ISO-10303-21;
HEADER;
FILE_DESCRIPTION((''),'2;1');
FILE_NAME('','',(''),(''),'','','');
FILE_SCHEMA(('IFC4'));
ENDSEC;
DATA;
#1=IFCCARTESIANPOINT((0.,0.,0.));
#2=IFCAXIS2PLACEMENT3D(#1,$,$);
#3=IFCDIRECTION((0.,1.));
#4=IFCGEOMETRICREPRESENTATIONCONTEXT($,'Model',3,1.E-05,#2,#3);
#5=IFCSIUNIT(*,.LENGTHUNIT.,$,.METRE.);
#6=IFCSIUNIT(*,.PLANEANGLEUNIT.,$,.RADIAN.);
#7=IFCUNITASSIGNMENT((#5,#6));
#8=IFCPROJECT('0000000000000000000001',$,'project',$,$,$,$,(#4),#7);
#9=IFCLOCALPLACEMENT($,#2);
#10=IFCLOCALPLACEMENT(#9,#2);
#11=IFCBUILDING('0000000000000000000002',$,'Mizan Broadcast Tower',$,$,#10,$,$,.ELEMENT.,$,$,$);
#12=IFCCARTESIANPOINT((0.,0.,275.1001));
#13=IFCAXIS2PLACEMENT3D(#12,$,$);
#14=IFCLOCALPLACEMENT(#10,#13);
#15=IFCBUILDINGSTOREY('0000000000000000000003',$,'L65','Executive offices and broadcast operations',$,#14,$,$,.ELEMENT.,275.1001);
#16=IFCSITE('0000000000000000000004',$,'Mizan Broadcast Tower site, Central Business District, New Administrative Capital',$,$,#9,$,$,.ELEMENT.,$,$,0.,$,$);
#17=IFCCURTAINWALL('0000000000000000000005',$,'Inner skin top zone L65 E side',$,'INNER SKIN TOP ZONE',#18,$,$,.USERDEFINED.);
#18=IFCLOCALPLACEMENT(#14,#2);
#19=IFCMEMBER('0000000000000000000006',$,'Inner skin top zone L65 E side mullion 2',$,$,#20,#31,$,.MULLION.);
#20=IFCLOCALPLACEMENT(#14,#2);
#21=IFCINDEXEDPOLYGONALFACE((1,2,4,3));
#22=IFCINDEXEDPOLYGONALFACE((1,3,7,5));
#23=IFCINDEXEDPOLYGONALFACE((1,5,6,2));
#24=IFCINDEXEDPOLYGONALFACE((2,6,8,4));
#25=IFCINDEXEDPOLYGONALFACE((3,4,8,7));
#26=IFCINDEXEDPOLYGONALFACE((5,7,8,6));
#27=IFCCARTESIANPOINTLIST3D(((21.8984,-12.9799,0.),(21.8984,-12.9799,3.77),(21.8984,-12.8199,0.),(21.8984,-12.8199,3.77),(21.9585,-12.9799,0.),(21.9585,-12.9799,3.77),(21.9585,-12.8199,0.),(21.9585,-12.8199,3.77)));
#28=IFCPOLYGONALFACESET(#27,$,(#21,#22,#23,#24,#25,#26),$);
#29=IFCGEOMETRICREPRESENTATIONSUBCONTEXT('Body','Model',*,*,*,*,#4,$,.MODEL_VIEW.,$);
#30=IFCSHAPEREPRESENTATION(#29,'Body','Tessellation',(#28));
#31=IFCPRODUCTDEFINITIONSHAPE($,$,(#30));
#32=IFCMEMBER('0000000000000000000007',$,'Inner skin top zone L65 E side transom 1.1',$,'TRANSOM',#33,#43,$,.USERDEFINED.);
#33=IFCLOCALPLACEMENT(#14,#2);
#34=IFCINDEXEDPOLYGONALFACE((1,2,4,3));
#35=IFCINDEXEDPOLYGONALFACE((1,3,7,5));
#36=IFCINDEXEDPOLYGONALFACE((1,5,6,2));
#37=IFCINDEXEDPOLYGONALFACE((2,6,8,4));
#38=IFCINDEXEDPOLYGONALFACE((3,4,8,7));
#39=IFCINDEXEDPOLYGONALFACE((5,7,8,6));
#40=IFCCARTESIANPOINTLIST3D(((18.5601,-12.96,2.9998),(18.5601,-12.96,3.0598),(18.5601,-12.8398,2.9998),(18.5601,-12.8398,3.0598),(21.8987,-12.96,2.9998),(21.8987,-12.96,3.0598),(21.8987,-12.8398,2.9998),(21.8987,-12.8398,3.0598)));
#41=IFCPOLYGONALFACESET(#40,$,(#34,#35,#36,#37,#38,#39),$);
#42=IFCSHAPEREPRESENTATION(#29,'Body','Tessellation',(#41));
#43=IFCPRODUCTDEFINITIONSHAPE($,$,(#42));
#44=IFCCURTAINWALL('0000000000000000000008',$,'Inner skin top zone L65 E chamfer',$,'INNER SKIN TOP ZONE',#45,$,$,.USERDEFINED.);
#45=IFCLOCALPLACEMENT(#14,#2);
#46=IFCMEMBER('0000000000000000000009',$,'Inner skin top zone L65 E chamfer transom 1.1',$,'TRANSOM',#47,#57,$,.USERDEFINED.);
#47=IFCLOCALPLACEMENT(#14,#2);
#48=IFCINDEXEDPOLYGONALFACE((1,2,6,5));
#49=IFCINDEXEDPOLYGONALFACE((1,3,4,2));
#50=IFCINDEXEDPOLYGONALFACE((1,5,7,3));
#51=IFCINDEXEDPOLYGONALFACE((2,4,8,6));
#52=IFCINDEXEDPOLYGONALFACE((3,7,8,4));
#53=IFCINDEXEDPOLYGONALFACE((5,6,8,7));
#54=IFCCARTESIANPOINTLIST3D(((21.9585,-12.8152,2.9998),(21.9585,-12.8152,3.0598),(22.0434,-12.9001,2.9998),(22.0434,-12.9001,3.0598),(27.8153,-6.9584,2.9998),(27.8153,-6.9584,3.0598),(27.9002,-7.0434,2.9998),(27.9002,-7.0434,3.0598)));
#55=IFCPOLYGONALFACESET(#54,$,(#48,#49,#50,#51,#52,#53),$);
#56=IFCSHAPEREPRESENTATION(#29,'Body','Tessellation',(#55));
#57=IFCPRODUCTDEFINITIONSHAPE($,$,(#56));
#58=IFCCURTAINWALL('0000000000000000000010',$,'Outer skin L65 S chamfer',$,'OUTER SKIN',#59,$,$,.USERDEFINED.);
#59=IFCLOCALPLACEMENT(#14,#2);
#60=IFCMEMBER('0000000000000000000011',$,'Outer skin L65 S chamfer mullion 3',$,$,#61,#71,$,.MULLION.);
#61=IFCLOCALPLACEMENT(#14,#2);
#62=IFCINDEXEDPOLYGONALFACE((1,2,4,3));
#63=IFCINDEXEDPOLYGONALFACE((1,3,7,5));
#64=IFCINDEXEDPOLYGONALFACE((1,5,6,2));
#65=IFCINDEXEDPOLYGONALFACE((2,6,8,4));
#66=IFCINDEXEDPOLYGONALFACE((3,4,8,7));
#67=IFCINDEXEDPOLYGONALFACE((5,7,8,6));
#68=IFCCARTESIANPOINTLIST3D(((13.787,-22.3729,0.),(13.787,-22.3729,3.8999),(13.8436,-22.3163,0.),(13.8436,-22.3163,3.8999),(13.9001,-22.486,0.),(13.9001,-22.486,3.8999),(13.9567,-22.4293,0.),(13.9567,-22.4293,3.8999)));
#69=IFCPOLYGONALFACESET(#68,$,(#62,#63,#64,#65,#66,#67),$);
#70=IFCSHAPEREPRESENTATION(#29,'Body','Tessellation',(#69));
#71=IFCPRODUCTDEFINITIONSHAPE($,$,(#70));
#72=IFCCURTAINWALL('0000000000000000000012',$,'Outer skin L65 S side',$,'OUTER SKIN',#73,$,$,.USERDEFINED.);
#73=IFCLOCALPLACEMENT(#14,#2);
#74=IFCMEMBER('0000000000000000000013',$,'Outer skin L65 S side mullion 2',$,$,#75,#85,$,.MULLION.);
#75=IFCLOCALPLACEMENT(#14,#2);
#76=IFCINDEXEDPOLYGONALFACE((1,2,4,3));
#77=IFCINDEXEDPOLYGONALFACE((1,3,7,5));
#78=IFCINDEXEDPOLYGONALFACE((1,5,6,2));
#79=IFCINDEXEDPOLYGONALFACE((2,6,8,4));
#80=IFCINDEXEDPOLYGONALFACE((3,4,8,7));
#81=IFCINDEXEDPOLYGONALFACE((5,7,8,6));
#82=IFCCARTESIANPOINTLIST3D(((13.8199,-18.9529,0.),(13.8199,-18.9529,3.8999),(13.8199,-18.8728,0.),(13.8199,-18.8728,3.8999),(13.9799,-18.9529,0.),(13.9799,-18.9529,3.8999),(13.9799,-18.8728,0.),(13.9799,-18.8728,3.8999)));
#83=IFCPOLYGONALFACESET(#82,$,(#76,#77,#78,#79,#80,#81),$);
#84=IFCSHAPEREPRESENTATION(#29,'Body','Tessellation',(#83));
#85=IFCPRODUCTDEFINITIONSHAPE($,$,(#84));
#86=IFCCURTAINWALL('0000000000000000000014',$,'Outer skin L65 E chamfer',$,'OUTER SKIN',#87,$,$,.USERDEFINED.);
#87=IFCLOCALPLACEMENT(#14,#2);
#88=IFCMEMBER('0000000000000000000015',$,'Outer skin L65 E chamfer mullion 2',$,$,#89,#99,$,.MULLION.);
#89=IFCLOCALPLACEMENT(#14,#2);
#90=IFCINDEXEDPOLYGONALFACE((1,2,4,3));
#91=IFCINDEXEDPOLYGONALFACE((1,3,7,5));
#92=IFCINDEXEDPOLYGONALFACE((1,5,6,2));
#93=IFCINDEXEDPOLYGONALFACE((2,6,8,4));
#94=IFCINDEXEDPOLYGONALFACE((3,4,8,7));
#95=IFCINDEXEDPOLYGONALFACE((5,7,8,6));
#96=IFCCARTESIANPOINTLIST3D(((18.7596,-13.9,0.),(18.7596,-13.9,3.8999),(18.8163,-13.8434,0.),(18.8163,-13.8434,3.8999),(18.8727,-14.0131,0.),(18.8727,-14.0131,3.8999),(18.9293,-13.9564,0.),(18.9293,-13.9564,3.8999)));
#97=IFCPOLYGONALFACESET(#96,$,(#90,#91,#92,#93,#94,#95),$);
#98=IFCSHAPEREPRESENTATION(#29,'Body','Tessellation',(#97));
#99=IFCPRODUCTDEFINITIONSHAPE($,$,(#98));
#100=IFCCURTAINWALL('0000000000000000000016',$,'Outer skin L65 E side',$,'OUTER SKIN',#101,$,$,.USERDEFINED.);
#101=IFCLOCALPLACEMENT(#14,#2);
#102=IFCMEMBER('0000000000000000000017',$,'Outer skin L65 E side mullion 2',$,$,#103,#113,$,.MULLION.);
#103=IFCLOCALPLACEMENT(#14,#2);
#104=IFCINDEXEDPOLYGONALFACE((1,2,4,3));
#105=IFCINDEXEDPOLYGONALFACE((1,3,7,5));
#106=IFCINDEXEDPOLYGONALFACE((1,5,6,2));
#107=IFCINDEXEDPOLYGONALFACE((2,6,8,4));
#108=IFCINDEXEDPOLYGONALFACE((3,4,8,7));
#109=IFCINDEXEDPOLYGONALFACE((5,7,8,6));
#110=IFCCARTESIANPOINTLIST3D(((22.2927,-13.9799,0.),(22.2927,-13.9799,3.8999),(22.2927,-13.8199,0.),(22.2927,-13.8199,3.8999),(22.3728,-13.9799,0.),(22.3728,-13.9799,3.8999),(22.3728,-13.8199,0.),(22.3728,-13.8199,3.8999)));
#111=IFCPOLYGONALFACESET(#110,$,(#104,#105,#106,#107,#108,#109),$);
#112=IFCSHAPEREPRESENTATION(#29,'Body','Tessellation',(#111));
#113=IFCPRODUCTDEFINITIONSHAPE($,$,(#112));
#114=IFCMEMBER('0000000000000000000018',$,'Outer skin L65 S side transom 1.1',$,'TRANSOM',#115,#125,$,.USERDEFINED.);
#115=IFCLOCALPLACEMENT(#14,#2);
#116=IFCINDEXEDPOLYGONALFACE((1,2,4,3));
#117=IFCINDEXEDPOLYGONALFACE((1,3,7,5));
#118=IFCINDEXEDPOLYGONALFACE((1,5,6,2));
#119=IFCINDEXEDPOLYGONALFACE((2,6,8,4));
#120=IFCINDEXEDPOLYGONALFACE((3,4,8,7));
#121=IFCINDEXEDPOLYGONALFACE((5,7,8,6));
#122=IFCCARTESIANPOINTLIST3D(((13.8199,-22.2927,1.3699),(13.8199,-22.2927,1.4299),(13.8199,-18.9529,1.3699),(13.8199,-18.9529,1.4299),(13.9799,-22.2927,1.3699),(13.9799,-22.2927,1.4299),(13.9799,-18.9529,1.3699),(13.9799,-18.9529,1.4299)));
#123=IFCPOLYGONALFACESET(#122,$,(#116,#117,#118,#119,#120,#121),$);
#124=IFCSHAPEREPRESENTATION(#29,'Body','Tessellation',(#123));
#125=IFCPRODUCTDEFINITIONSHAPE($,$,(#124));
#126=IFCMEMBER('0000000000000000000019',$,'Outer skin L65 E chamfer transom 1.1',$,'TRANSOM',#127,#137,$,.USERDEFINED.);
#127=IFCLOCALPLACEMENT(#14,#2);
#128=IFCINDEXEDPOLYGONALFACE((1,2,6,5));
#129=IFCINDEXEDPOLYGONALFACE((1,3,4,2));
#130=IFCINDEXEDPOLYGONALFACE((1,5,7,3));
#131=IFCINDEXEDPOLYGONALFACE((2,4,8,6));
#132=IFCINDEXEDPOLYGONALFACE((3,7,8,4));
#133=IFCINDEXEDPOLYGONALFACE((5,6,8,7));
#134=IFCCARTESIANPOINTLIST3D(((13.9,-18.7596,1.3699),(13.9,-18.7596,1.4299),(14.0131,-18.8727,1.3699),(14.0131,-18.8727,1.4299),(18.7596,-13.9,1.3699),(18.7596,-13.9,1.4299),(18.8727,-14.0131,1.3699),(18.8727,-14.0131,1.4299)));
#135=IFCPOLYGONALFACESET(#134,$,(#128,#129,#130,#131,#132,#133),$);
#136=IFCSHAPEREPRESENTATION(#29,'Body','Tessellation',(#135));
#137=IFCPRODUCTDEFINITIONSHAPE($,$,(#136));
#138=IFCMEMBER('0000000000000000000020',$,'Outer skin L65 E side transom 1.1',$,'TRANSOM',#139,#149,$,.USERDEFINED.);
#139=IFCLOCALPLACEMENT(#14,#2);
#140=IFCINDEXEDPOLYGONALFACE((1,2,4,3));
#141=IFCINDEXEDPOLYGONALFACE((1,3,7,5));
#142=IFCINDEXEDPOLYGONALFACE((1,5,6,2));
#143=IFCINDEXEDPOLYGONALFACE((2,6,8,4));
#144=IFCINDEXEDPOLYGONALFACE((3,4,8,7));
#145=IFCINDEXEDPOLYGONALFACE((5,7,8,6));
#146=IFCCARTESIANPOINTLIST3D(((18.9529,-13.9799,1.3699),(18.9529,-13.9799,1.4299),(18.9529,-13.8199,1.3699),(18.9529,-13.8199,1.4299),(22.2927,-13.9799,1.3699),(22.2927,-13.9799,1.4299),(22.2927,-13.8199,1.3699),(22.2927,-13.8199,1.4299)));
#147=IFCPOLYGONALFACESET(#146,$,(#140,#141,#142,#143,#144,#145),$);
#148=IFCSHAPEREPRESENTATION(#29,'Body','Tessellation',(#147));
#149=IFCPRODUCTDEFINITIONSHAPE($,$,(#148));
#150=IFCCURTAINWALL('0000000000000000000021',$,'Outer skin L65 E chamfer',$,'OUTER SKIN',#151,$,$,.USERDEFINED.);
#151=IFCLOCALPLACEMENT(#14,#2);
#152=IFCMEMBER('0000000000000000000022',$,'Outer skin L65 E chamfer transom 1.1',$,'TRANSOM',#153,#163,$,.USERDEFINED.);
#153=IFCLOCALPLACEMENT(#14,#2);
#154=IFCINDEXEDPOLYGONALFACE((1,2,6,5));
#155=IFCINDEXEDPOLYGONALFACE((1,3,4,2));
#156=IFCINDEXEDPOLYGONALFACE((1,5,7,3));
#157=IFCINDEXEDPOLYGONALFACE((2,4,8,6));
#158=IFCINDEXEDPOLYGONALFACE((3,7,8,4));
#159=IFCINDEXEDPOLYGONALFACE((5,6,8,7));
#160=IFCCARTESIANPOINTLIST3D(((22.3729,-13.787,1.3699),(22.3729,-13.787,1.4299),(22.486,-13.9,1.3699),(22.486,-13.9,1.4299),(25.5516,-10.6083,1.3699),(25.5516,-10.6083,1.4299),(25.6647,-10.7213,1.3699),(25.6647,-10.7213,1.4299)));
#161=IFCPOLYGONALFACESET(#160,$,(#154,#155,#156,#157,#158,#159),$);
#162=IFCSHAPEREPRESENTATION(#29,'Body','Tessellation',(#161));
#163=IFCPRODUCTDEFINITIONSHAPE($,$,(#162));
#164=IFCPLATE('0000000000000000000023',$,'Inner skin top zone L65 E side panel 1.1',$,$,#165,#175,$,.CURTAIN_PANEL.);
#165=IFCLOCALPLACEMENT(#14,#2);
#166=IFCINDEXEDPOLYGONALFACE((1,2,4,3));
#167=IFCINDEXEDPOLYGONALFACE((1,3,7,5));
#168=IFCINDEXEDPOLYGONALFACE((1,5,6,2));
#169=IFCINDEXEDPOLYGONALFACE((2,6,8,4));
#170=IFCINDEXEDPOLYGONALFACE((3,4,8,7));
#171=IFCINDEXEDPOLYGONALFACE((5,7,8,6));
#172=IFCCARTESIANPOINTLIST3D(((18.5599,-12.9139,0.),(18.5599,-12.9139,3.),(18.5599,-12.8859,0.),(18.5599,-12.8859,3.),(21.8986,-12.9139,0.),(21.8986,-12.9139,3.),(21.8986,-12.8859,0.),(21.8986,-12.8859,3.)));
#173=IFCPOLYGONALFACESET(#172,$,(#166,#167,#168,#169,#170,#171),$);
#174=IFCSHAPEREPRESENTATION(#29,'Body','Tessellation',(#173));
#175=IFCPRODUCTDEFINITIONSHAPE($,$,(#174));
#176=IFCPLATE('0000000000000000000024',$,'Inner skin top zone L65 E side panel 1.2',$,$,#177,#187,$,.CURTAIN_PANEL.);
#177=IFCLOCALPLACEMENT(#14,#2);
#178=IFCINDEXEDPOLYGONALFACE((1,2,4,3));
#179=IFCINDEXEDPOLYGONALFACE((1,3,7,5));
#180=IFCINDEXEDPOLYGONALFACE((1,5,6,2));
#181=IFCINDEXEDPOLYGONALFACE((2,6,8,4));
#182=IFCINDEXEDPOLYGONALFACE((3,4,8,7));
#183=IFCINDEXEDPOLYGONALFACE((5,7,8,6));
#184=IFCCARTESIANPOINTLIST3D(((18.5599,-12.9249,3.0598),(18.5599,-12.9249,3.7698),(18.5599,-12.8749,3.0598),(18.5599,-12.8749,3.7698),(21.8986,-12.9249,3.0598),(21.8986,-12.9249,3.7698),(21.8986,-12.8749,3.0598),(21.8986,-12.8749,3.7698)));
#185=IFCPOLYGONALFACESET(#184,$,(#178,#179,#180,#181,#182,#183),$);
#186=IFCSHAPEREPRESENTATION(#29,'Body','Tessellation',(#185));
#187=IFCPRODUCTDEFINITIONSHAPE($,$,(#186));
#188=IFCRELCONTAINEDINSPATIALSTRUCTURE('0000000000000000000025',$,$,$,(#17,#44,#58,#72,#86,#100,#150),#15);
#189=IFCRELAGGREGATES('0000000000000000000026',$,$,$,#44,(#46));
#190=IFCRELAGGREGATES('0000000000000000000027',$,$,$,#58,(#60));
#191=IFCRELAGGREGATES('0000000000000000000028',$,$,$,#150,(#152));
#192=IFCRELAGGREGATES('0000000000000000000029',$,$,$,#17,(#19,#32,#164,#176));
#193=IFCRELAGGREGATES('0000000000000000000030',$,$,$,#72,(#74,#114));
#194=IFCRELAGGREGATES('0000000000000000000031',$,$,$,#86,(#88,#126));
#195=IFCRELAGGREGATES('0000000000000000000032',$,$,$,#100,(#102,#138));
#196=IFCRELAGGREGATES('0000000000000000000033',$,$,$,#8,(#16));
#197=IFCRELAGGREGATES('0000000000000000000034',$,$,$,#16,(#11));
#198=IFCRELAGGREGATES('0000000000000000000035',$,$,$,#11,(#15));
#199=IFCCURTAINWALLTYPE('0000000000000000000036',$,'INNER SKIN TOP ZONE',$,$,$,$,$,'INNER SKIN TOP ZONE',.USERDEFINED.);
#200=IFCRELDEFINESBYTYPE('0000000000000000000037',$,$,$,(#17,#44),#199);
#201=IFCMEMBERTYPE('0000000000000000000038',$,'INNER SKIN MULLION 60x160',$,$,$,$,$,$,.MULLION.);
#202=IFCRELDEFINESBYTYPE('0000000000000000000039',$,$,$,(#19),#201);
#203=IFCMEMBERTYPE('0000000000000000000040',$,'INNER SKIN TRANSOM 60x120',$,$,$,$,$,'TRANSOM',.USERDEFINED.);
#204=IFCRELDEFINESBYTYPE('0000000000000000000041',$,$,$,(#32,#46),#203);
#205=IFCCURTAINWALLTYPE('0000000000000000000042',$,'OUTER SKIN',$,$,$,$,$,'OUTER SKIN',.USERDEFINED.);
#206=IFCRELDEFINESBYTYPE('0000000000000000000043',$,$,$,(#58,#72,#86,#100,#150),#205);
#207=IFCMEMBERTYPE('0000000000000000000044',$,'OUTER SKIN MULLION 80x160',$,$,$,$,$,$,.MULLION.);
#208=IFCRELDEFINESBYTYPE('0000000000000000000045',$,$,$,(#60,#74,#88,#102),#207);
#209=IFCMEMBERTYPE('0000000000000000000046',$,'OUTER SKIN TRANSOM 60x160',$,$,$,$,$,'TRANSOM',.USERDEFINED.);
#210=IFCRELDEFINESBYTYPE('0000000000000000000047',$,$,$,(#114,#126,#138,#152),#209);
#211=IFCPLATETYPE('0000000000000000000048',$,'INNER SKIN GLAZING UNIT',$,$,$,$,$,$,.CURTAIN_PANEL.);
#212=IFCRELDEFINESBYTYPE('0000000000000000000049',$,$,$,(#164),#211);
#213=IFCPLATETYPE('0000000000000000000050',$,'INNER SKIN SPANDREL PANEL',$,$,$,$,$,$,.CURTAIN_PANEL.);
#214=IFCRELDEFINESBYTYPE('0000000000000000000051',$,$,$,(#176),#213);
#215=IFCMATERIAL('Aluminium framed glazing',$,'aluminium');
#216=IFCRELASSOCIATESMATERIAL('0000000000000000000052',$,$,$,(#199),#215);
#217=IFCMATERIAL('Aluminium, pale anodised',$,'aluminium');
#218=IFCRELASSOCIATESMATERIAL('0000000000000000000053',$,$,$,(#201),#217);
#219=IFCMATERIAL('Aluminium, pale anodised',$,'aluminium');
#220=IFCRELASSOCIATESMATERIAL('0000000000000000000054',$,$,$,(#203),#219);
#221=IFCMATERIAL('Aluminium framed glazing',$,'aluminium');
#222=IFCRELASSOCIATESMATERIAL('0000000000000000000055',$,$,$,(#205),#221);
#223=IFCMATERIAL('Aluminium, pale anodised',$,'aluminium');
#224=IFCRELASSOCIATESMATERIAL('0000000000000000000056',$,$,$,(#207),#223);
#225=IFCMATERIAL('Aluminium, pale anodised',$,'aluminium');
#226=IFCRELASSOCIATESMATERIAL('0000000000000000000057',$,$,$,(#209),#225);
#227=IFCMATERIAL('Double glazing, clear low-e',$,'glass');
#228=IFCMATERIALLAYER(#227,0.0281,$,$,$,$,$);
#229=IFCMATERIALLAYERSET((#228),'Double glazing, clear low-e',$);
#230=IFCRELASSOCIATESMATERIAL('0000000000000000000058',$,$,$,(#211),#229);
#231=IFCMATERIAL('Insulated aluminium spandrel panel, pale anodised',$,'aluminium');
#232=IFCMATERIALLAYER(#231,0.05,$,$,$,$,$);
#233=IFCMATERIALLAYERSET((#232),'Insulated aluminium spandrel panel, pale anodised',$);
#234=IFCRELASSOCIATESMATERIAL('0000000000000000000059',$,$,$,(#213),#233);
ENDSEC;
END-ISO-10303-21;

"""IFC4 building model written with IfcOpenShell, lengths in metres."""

from ifc_helpers import new_model, si_unit, direction, frame, origin, origin_2d, place, context, subcontext, project, spatial, rectangle, extrude, material, layer, layer_set, material_profile, profile_set, type_object, element, aggregate, save


model = new_model("IFC4")

# Units and contexts
model_context = context("Model", 3, precision=1e-05, world=origin(), true_north=direction((0.0, 1.0)))
body_context = subcontext(model_context, "Body", "Model", "MODEL_VIEW")
ifc_project = project(units=[si_unit("LENGTHUNIT", "METRE"), si_unit("PLANEANGLEUNIT", "RADIAN")], contexts=[model_context])

# Site, building, storey
site_placement = place(None, origin())
site = spatial("IfcSite", under=ifc_project, at=site_placement, Name="Mizan Broadcast Tower site, Central Business District, New Administrative Capital", CompositionType="ELEMENT", RefElevation=0.0)
building_placement = place(site_placement, origin())
building = spatial("IfcBuilding", under=site, at=building_placement, Name="Mizan Broadcast Tower", CompositionType="ELEMENT")
storey_placement = place(building_placement, frame((0.0, 0.0, 275.1001)))
storey = spatial("IfcBuildingStorey", under=building, at=storey_placement, Name="L65", Description="Executive offices and broadcast operations", CompositionType="ELEMENT", Elevation=275.1001)

# Curtain wall, members
ifc_material_1 = material(Name="Aluminium framed glazing", Category="aluminium")
curtain_wall_type_1 = type_object("IfcCurtainWallType", Name="INNER SKIN TOP ZONE", ElementType="INNER SKIN TOP ZONE", PredefinedType="USERDEFINED", material=ifc_material_1)
curtain_wall_1_placement = place(storey_placement, origin())
curtain_wall_1 = element("IfcCurtainWall", 1, at=curtain_wall_1_placement, inside=storey, type_object=curtain_wall_type_1, Name="Inner skin top zone L65 E side", ObjectType="INNER SKIN TOP ZONE", PredefinedType="USERDEFINED")
ifc_material_2 = material(Name="Aluminium, pale anodised", Category="aluminium")
ifc_material_profile_1 = material_profile(ifc_material_2, rectangle(XDim=0.1599, YDim=0.0601, at=origin_2d()), Name="MULLION 160x60")
ifc_profile_set_1 = profile_set([ifc_material_profile_1], Name="Aluminium, pale anodised")
member_type_1 = type_object("IfcMemberType", Name="INNER SKIN MULLION 60x160", PredefinedType="MULLION", material=ifc_profile_set_1)
member_1_placement = place(storey_placement, frame((21.9285, -12.8999, 0.0), z_axis=(0.0, 0.0, 1.0), x_axis=(0.0, 1.0, 0.0)))
member_1 = element("IfcMember", 2, at=member_1_placement, type_object=member_type_1, Name="Inner skin top zone L65 E side mullion 2", PredefinedType="MULLION", context=body_context, shape_type="SweptSolid", body=[
    extrude(rectangle(XDim=0.1599, YDim=0.0601, at=origin_2d()), origin(), (0.0, 0.0, 1.0), 3.77),
])
ifc_material_3 = material(Name="Aluminium, pale anodised", Category="aluminium")
ifc_material_profile_2 = material_profile(ifc_material_3, rectangle(XDim=0.1201, YDim=0.0601, at=origin_2d()), Name="TRANSOM 120x60")
ifc_profile_set_2 = profile_set([ifc_material_profile_2], Name="Aluminium, pale anodised")
member_type_2 = type_object("IfcMemberType", Name="INNER SKIN TRANSOM 60x120", ElementType="TRANSOM", PredefinedType="USERDEFINED", material=ifc_profile_set_2)
member_2_placement = place(storey_placement, frame((18.5601, -12.8999, 3.0298), z_axis=(1.0, 0.0, 0.0), x_axis=(0.0, 1.0, 0.0)))
member_2 = element("IfcMember", 3, at=member_2_placement, type_object=member_type_2, Name="Inner skin top zone L65 E side transom 1.1", ObjectType="TRANSOM", PredefinedType="USERDEFINED", context=body_context, shape_type="SweptSolid", body=[
    extrude(rectangle(XDim=0.1201, YDim=0.0601, at=origin_2d()), origin(), (0.0, 0.0, 1.0), 3.3386),
])

# Curtain walls, members
curtain_wall_2_placement = place(storey_placement, origin())
curtain_wall_2 = element("IfcCurtainWall", 4, at=curtain_wall_2_placement, inside=storey, type_object=curtain_wall_type_1, Name="Inner skin top zone L65 E chamfer", ObjectType="INNER SKIN TOP ZONE", PredefinedType="USERDEFINED")
member_3_placement = place(storey_placement, frame((22.001, -12.8577, 3.0298), z_axis=(0.707107, 0.707107, 0.0), x_axis=(-0.707107, 0.707107, 0.0)))
member_3 = element("IfcMember", 5, at=member_3_placement, type_object=member_type_2, Name="Inner skin top zone L65 E chamfer transom 1.1", ObjectType="TRANSOM", PredefinedType="USERDEFINED", context=body_context, shape_type="SweptSolid", body=[
    extrude(rectangle(XDim=0.1201, YDim=0.0601, at=origin_2d()), origin(), (0.0, 0.0, 1.0), 8.2827),
])
aggregate(curtain_wall_2, [member_3])
ifc_material_4 = material(Name="Aluminium framed glazing", Category="aluminium")
curtain_wall_type_2 = type_object("IfcCurtainWallType", Name="OUTER SKIN", ElementType="OUTER SKIN", PredefinedType="USERDEFINED", material=ifc_material_4)
curtain_wall_3_placement = place(storey_placement, origin())
curtain_wall_3 = element("IfcCurtainWall", 6, at=curtain_wall_3_placement, inside=storey, type_object=curtain_wall_type_2, Name="Outer skin L65 S chamfer", ObjectType="OUTER SKIN", PredefinedType="USERDEFINED")
ifc_material_5 = material(Name="Aluminium, pale anodised", Category="aluminium")
ifc_material_profile_3 = material_profile(ifc_material_5, rectangle(XDim=0.1599, YDim=0.0801, at=origin_2d()), Name="MULLION 160x80")
ifc_profile_set_3 = profile_set([ifc_material_profile_3], Name="Aluminium, pale anodised")
member_type_3 = type_object("IfcMemberType", Name="OUTER SKIN MULLION 80x160", PredefinedType="MULLION", material=ifc_profile_set_3)
member_4_placement = place(storey_placement, frame((13.8718, -22.4011, 0.0), z_axis=(0.0, 0.0, 1.0), x_axis=(-0.707107, 0.707107, 0.0)))
member_4 = element("IfcMember", 7, at=member_4_placement, type_object=member_type_3, Name="Outer skin L65 S chamfer mullion 3", PredefinedType="MULLION", context=body_context, shape_type="SweptSolid", body=[
    extrude(rectangle(XDim=0.1599, YDim=0.0801, at=origin_2d()), origin(), (0.0, 0.0, 1.0), 3.8999),
])
aggregate(curtain_wall_3, [member_4])
curtain_wall_4_placement = place(storey_placement, origin())
curtain_wall_4 = element("IfcCurtainWall", 8, at=curtain_wall_4_placement, inside=storey, type_object=curtain_wall_type_2, Name="Outer skin L65 S side", ObjectType="OUTER SKIN", PredefinedType="USERDEFINED")
member_5_placement = place(storey_placement, frame((13.8999, -18.9128, 0.0), z_axis=(0.0, 0.0, 1.0), x_axis=(-1.0, 0.0, 0.0)))
member_5 = element("IfcMember", 9, at=member_5_placement, type_object=member_type_3, Name="Outer skin L65 S side mullion 2", PredefinedType="MULLION", context=body_context, shape_type="SweptSolid", body=[
    extrude(rectangle(XDim=0.1599, YDim=0.0801, at=origin_2d()), origin(), (0.0, 0.0, 1.0), 3.8999),
])
curtain_wall_5_placement = place(storey_placement, origin())
curtain_wall_5 = element("IfcCurtainWall", 10, at=curtain_wall_5_placement, inside=storey, type_object=curtain_wall_type_2, Name="Outer skin L65 E chamfer", ObjectType="OUTER SKIN", PredefinedType="USERDEFINED")
member_6_placement = place(storey_placement, frame((18.8445, -13.9282, 0.0), z_axis=(0.0, 0.0, 1.0), x_axis=(-0.707107, 0.707107, 0.0)))
member_6 = element("IfcMember", 11, at=member_6_placement, type_object=member_type_3, Name="Outer skin L65 E chamfer mullion 2", PredefinedType="MULLION", context=body_context, shape_type="SweptSolid", body=[
    extrude(rectangle(XDim=0.1599, YDim=0.0801, at=origin_2d()), origin(), (0.0, 0.0, 1.0), 3.8999),
])
curtain_wall_6_placement = place(storey_placement, origin())
curtain_wall_6 = element("IfcCurtainWall", 12, at=curtain_wall_6_placement, inside=storey, type_object=curtain_wall_type_2, Name="Outer skin L65 E side", ObjectType="OUTER SKIN", PredefinedType="USERDEFINED")
member_7_placement = place(storey_placement, frame((22.3328, -13.8999, 0.0), z_axis=(0.0, 0.0, 1.0), x_axis=(0.0, 1.0, 0.0)))
member_7 = element("IfcMember", 13, at=member_7_placement, type_object=member_type_3, Name="Outer skin L65 E side mullion 2", PredefinedType="MULLION", context=body_context, shape_type="SweptSolid", body=[
    extrude(rectangle(XDim=0.1599, YDim=0.0801, at=origin_2d()), origin(), (0.0, 0.0, 1.0), 3.8999),
])

# Members
ifc_material_6 = material(Name="Aluminium, pale anodised", Category="aluminium")
ifc_material_profile_4 = material_profile(ifc_material_6, rectangle(XDim=0.1599, YDim=0.0601, at=origin_2d()), Name="TRANSOM 160x60")
ifc_profile_set_4 = profile_set([ifc_material_profile_4], Name="Aluminium, pale anodised")
member_type_4 = type_object("IfcMemberType", Name="OUTER SKIN TRANSOM 60x160", ElementType="TRANSOM", PredefinedType="USERDEFINED", material=ifc_profile_set_4)
member_8_placement = place(storey_placement, frame((13.8999, -22.2927, 1.3999), z_axis=(0.0, 1.0, 0.0), x_axis=(-1.0, 0.0, 0.0)))
member_8 = element("IfcMember", 14, at=member_8_placement, type_object=member_type_4, Name="Outer skin L65 S side transom 1.1", ObjectType="TRANSOM", PredefinedType="USERDEFINED", context=body_context, shape_type="SweptSolid", body=[
    extrude(rectangle(XDim=0.1599, YDim=0.0601, at=origin_2d()), origin(), (0.0, 0.0, 1.0), 3.3398),
])
member_9_placement = place(storey_placement, frame((13.9565, -18.8162, 1.3999), z_axis=(0.707107, 0.707107, 0.0), x_axis=(-0.707107, 0.707107, 0.0)))
member_9 = element("IfcMember", 15, at=member_9_placement, type_object=member_type_4, Name="Outer skin L65 E chamfer transom 1.1", ObjectType="TRANSOM", PredefinedType="USERDEFINED", context=body_context, shape_type="SweptSolid", body=[
    extrude(rectangle(XDim=0.1599, YDim=0.0601, at=origin_2d()), origin(), (0.0, 0.0, 1.0), 6.8726),
])
member_10_placement = place(storey_placement, frame((18.9529, -13.8999, 1.3999), z_axis=(1.0, 0.0, 0.0), x_axis=(0.0, 1.0, 0.0)))
member_10 = element("IfcMember", 16, at=member_10_placement, type_object=member_type_4, Name="Outer skin L65 E side transom 1.1", ObjectType="TRANSOM", PredefinedType="USERDEFINED", context=body_context, shape_type="SweptSolid", body=[
    extrude(rectangle(XDim=0.1599, YDim=0.0601, at=origin_2d()), origin(), (0.0, 0.0, 1.0), 3.3398),
])

# Curtain wall, member
curtain_wall_7_placement = place(storey_placement, origin())
curtain_wall_7 = element("IfcCurtainWall", 17, at=curtain_wall_7_placement, inside=storey, type_object=curtain_wall_type_2, Name="Outer skin L65 E chamfer", ObjectType="OUTER SKIN", PredefinedType="USERDEFINED")
member_11_placement = place(storey_placement, frame((22.4294, -13.8435, 1.3999), z_axis=(0.707107, 0.707107, 0.0), x_axis=(-0.707107, 0.707107, 0.0)))
member_11 = element("IfcMember", 18, at=member_11_placement, type_object=member_type_4, Name="Outer skin L65 E chamfer transom 1.1", ObjectType="TRANSOM", PredefinedType="USERDEFINED", context=body_context, shape_type="SweptSolid", body=[
    extrude(rectangle(XDim=0.1599, YDim=0.0601, at=origin_2d()), origin(), (0.0, 0.0, 1.0), 4.4954),
])
aggregate(curtain_wall_7, [member_11])

# Plates
ifc_material_7 = material(Name="Double glazing, clear low-e", Category="glass")
ifc_layer_1 = layer(ifc_material_7, 0.0281)
ifc_layer_set_1 = layer_set([ifc_layer_1], Name="Double glazing, clear low-e")
plate_type_1 = type_object("IfcPlateType", Name="INNER SKIN GLAZING UNIT", PredefinedType="CURTAIN_PANEL", material=ifc_layer_set_1)
plate_1_placement = place(storey_placement, frame((20.2292, -12.8999, 0.0), z_axis=(0.0, 0.0, 1.0), x_axis=(1.0, 0.0, 0.0)))
plate_1 = element("IfcPlate", 19, at=plate_1_placement, type_object=plate_type_1, Name="Inner skin top zone L65 E side panel 1.1", PredefinedType="CURTAIN_PANEL", context=body_context, shape_type="SweptSolid", body=[
    extrude(rectangle(XDim=3.3386, YDim=0.0281, at=origin_2d()), origin(), (0.0, 0.0, 1.0), 3.0),
])
ifc_material_8 = material(Name="Insulated aluminium spandrel panel, pale anodised", Category="aluminium")
ifc_layer_2 = layer(ifc_material_8, 0.05)
ifc_layer_set_2 = layer_set([ifc_layer_2], Name="Insulated aluminium spandrel panel, pale anodised")
plate_type_2 = type_object("IfcPlateType", Name="INNER SKIN SPANDREL PANEL", PredefinedType="CURTAIN_PANEL", material=ifc_layer_set_2)
plate_2_placement = place(storey_placement, frame((20.2292, -12.8999, 3.0598), z_axis=(0.0, 0.0, 1.0), x_axis=(1.0, 0.0, 0.0)))
plate_2 = element("IfcPlate", 20, at=plate_2_placement, type_object=plate_type_2, Name="Inner skin top zone L65 E side panel 1.2", PredefinedType="CURTAIN_PANEL", context=body_context, shape_type="SweptSolid", body=[
    extrude(rectangle(XDim=3.3386, YDim=0.05, at=origin_2d()), origin(), (0.0, 0.0, 1.0), 0.71),
])
aggregate(curtain_wall_1, [member_1, member_2, plate_1, plate_2])
aggregate(curtain_wall_4, [member_5, member_8])
aggregate(curtain_wall_5, [member_6, member_9])
aggregate(curtain_wall_6, [member_7, member_10])

save(model, "model.ifc")
